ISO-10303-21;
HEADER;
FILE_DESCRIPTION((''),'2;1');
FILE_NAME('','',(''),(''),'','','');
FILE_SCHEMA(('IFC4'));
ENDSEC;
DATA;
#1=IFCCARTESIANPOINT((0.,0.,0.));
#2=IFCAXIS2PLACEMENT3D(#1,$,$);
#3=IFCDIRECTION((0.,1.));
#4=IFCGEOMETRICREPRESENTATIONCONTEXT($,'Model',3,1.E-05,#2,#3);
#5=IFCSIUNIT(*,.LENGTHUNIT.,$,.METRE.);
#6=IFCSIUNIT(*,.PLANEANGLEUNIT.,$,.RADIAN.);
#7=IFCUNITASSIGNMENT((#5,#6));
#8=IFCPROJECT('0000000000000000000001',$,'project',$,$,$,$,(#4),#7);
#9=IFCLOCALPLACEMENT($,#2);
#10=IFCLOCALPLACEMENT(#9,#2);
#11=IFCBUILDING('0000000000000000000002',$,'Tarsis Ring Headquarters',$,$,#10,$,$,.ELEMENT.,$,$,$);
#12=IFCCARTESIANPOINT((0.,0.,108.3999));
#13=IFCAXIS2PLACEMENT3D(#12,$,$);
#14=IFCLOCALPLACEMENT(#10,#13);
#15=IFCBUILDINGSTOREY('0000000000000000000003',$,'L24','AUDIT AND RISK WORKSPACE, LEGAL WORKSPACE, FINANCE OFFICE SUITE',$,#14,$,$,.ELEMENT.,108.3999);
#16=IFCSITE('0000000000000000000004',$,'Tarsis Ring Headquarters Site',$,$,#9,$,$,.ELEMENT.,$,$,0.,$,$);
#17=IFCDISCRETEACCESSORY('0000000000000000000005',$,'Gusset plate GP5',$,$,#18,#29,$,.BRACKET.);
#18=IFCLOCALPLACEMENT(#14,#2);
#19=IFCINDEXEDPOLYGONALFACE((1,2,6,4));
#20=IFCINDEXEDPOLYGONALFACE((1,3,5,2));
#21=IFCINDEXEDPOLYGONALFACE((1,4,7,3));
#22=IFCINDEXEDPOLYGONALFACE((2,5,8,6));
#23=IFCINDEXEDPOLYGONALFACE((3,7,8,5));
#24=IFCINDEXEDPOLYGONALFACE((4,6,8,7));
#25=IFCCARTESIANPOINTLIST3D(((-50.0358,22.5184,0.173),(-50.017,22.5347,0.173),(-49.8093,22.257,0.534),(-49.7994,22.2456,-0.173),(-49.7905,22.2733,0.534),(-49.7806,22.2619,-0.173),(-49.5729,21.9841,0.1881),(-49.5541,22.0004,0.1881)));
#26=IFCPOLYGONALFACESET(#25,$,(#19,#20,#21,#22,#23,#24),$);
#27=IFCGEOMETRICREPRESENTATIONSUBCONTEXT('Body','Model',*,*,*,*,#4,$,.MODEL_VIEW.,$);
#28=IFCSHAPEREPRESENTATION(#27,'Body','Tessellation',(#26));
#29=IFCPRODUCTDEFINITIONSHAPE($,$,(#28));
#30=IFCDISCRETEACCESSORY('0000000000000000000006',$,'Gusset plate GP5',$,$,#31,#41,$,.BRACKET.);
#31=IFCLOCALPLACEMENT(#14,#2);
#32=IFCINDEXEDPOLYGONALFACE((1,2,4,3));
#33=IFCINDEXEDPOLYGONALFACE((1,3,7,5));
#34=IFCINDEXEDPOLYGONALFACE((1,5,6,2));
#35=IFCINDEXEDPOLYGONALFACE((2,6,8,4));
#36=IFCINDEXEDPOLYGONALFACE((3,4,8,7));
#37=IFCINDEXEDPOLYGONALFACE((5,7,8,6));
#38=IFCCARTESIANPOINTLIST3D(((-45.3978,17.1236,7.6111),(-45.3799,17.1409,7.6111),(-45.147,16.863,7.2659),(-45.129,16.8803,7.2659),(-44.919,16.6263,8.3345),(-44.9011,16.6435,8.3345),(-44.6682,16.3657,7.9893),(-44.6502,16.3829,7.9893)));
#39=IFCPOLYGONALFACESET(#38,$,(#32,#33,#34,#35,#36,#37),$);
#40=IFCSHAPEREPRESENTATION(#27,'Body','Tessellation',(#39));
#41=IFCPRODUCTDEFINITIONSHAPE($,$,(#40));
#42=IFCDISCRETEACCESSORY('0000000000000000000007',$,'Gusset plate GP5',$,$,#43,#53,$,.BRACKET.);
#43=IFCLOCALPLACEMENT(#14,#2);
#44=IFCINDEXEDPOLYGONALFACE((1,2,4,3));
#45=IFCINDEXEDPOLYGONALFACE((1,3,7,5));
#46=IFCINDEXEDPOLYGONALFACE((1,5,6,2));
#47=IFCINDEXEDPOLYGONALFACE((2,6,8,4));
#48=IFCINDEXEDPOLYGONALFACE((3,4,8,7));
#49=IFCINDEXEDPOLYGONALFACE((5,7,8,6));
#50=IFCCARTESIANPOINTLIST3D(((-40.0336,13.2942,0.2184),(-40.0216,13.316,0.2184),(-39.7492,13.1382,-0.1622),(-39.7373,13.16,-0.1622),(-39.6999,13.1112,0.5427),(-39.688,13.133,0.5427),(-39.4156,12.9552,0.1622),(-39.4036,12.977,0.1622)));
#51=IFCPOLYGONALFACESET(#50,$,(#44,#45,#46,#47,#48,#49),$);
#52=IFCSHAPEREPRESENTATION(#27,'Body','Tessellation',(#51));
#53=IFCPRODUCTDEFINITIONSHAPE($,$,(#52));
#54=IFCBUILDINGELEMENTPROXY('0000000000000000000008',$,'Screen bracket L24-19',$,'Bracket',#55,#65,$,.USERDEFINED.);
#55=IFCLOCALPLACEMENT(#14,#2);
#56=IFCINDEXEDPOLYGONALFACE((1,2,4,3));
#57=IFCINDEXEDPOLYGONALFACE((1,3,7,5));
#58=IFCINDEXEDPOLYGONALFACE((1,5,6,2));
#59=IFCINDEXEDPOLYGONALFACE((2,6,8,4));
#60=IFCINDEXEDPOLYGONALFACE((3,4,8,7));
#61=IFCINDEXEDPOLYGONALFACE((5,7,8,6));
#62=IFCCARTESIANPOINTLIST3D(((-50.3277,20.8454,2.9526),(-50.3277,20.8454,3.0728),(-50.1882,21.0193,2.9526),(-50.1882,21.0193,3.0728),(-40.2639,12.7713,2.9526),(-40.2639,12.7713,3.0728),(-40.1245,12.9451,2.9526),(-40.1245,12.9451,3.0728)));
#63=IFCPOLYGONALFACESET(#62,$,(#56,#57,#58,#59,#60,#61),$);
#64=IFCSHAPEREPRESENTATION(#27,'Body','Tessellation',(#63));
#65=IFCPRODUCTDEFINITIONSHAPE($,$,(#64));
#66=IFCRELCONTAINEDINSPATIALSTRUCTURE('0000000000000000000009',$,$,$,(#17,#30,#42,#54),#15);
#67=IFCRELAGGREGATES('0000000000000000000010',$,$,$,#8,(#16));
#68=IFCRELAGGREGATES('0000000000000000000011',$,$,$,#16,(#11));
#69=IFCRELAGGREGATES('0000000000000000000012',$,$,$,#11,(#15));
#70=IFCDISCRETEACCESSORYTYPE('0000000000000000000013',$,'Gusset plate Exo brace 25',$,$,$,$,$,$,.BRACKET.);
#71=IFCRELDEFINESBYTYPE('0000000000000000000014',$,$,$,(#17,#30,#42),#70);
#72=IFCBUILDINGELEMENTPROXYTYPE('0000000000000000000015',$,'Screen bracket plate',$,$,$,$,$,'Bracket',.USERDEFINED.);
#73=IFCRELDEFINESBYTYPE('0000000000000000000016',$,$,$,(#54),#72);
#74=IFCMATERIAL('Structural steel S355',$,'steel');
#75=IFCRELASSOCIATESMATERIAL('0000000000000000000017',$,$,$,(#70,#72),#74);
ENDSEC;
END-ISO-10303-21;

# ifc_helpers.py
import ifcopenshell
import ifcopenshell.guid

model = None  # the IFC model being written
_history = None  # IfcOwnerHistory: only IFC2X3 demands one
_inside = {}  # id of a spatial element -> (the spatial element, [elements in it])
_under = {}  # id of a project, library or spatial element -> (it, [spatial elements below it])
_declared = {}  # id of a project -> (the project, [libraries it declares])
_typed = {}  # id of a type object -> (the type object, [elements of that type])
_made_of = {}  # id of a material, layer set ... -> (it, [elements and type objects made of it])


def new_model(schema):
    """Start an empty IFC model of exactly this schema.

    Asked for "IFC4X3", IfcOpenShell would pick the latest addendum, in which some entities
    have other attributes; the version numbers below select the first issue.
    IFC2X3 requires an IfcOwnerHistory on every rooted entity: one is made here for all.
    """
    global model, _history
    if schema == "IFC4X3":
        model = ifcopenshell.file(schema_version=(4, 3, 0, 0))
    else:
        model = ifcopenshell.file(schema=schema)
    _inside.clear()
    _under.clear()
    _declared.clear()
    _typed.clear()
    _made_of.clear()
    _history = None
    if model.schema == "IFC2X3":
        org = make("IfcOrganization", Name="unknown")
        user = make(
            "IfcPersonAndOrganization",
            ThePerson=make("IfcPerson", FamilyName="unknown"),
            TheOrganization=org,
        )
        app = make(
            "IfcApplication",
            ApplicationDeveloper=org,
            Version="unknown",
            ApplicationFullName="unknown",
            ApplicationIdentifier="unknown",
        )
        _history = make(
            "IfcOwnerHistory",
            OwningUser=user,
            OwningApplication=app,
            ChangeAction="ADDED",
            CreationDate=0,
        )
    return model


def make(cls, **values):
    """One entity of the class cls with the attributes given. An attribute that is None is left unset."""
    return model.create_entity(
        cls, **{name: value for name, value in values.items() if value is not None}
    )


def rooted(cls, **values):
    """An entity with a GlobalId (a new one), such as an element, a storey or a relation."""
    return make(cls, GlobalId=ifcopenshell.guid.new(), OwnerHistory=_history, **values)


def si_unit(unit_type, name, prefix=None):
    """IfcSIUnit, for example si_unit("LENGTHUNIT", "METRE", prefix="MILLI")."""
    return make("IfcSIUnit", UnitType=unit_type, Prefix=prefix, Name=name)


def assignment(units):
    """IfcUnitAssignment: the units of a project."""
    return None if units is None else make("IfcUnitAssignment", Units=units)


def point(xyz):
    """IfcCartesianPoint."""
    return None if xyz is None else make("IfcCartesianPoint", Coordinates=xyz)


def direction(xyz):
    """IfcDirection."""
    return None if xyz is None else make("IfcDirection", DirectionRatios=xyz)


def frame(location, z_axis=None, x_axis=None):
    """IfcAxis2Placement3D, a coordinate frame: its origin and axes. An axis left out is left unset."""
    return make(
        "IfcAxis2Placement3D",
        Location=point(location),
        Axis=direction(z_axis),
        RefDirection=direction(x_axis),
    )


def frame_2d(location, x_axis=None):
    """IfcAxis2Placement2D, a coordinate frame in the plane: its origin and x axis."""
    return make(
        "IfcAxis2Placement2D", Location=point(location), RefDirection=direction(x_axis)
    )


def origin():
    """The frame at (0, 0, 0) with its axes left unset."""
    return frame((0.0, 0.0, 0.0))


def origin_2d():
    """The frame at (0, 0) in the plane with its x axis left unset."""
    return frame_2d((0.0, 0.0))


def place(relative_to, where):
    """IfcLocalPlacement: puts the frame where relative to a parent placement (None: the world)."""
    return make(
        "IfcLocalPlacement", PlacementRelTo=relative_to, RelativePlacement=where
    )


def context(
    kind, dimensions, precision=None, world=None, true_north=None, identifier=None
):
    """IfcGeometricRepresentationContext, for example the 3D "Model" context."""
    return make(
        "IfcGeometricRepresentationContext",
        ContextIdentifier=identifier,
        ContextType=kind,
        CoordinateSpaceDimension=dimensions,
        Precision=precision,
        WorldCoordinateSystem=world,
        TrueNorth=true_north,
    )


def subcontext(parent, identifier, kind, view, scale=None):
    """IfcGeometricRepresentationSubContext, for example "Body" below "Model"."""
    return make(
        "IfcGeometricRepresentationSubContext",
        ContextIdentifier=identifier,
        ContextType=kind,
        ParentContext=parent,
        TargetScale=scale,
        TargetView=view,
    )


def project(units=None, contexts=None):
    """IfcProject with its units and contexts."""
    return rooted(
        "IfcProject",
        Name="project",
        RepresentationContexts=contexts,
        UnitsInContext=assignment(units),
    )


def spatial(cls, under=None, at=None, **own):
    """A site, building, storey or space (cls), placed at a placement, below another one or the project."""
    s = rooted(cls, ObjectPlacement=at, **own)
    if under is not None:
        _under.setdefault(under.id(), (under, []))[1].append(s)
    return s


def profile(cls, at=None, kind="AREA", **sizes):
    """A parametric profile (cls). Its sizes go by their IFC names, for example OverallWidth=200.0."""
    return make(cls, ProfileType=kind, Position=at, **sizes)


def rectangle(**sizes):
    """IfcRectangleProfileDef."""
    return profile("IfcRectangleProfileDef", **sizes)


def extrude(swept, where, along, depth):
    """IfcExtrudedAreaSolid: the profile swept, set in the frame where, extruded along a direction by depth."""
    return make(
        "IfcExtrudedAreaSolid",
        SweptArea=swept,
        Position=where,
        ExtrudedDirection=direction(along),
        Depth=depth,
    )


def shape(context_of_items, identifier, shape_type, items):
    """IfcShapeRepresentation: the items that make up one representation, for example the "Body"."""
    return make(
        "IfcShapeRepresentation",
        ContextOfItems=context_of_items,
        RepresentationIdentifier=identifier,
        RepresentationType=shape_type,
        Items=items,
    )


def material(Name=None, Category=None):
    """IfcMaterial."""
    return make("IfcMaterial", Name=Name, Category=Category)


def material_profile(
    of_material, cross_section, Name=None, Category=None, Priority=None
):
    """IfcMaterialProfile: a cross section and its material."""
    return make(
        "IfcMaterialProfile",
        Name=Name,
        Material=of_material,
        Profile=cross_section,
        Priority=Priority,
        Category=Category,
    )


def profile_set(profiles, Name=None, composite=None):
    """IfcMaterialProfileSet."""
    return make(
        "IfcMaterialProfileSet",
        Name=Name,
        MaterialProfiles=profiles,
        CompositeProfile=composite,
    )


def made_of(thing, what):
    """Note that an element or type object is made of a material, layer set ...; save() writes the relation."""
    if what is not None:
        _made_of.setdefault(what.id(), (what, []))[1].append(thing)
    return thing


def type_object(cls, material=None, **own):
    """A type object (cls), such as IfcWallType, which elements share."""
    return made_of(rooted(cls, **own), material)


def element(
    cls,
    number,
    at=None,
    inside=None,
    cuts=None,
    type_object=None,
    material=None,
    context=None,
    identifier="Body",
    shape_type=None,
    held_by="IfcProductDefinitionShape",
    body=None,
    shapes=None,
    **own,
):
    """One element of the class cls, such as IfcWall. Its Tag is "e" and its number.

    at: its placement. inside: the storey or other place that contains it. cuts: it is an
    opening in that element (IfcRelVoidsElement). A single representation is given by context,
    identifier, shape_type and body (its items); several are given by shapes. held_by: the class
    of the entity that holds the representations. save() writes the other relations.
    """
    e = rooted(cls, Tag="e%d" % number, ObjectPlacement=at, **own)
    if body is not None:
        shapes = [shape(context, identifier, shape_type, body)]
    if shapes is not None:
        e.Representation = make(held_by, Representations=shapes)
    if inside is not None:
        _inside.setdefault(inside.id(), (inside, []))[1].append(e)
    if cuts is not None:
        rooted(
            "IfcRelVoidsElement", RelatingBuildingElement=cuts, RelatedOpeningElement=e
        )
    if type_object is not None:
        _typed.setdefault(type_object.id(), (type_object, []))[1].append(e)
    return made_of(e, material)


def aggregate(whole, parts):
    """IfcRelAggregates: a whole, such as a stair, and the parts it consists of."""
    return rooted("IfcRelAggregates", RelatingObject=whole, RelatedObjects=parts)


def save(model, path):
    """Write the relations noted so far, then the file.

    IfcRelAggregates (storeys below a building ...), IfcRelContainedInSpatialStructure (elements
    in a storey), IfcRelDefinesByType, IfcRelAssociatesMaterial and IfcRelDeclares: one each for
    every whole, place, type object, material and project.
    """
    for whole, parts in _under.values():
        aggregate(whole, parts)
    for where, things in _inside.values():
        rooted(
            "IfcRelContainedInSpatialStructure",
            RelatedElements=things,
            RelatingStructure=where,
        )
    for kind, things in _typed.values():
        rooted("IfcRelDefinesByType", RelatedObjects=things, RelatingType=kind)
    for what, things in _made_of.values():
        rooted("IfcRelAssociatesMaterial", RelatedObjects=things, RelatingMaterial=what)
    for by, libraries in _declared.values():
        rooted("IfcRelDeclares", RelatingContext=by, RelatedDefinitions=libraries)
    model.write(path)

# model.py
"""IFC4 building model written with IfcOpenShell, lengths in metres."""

from ifc_helpers import new_model, si_unit, direction, frame, origin, origin_2d, place, context, subcontext, project, spatial, rectangle, extrude, material, material_profile, profile_set, type_object, element, save


model = new_model("IFC4")

# Units and contexts
model_context = context("Model", 3, precision=1e-05, world=origin(), true_north=direction((0.0, 1.0)))
body_context = subcontext(model_context, "Body", "Model", "MODEL_VIEW")
ifc_project = project(units=[si_unit("LENGTHUNIT", "METRE"), si_unit("PLANEANGLEUNIT", "RADIAN")], contexts=[model_context])

# Site, building, storey
site_placement = place(None, origin())
site = spatial("IfcSite", under=ifc_project, at=site_placement, Name="Tarsis Ring Headquarters Site", CompositionType="ELEMENT", RefElevation=0.0)
building_placement = place(site_placement, origin())
building = spatial("IfcBuilding", under=site, at=building_placement, Name="Tarsis Ring Headquarters", CompositionType="ELEMENT")
storey_placement = place(building_placement, frame((0.0, 0.0, 108.3999)))
storey = spatial("IfcBuildingStorey", under=building, at=storey_placement, Name="L24", Description="AUDIT AND RISK WORKSPACE, LEGAL WORKSPACE, FINANCE OFFICE SUITE", CompositionType="ELEMENT", Elevation=108.3999)

# Shared definitions
ifc_material_1 = material(Name="Structural steel S355", Category="steel")

# Discrete accessories
ifc_material_profile_1 = material_profile(ifc_material_1, rectangle(XDim=0.0249, YDim=0.5, at=origin_2d()), Name="PL 25x500")
ifc_profile_set_1 = profile_set([ifc_material_profile_1], Name="Structural steel S355")
discrete_accessory_type = type_object("IfcDiscreteAccessoryType", Name="Gusset plate Exo brace 25", PredefinedType="BRACKET", material=ifc_profile_set_1)
discrete_accessory_1_placement = place(storey_placement, frame((-49.9082, 22.3901, 0.0), z_axis=(0.453051, -0.522864, 0.722051), x_axis=(0.755759, 0.65485, 0.0)))
element("IfcDiscreteAccessory", 1, at=discrete_accessory_1_placement, inside=storey, type_object=discrete_accessory_type, Name="Gusset plate GP5", PredefinedType="BRACKET", context=body_context, shape_type="SweptSolid", body=[
    extrude(rectangle(XDim=0.0249, YDim=0.5, at=origin_2d()), origin(), (0.0, 0.0, 1.0), 0.5),
])
discrete_accessory_2_placement = place(storey_placement, frame((-45.2634, 17.002, 7.4385), z_axis=(0.478802, -0.497358, 0.723452), x_axis=(0.720418, 0.69354, 0.0)))
element("IfcDiscreteAccessory", 2, at=discrete_accessory_2_placement, inside=storey, type_object=discrete_accessory_type, Name="Gusset plate GP5", PredefinedType="BRACKET", context=body_context, shape_type="SweptSolid", body=[
    extrude(rectangle(XDim=0.0249, YDim=0.5, at=origin_2d()), origin(), (0.0, 0.0, 1.0), 1.0),
])
discrete_accessory_3_placement = place(storey_placement, frame((-39.5764, 13.0576, 0.0), z_axis=(-0.568731, 0.311948, 0.761074), x_axis=(-0.480907, -0.876771, 0.0)))
element("IfcDiscreteAccessory", 3, at=discrete_accessory_3_placement, inside=storey, type_object=discrete_accessory_type, Name="Gusset plate GP5", PredefinedType="BRACKET", context=body_context, shape_type="SweptSolid", body=[
    extrude(rectangle(XDim=0.0249, YDim=0.5, at=origin_2d()), origin(), (0.0, 0.0, 1.0), 0.5),
])

# Building element proxy
building_element_proxy_type = type_object("IfcBuildingElementProxyType", Name="Screen bracket plate", ElementType="Bracket", PredefinedType="USERDEFINED", material=ifc_material_1)
proxy_placement = place(storey_placement, frame((-45.2261, 16.8953, 2.9526), z_axis=(0.0, 0.0, 1.0), x_axis=(0.779994, -0.625787, 0.0)))
element("IfcBuildingElementProxy", 4, at=proxy_placement, inside=storey, type_object=building_element_proxy_type, Name="Screen bracket L24-19", ObjectType="Bracket", PredefinedType="USERDEFINED", context=body_context, shape_type="SweptSolid", body=[
    extrude(rectangle(XDim=12.9023, YDim=0.2229, at=origin_2d()), origin(), (0.0, 0.0, 1.0), 0.1201),
])

save(model, "model.ifc")
